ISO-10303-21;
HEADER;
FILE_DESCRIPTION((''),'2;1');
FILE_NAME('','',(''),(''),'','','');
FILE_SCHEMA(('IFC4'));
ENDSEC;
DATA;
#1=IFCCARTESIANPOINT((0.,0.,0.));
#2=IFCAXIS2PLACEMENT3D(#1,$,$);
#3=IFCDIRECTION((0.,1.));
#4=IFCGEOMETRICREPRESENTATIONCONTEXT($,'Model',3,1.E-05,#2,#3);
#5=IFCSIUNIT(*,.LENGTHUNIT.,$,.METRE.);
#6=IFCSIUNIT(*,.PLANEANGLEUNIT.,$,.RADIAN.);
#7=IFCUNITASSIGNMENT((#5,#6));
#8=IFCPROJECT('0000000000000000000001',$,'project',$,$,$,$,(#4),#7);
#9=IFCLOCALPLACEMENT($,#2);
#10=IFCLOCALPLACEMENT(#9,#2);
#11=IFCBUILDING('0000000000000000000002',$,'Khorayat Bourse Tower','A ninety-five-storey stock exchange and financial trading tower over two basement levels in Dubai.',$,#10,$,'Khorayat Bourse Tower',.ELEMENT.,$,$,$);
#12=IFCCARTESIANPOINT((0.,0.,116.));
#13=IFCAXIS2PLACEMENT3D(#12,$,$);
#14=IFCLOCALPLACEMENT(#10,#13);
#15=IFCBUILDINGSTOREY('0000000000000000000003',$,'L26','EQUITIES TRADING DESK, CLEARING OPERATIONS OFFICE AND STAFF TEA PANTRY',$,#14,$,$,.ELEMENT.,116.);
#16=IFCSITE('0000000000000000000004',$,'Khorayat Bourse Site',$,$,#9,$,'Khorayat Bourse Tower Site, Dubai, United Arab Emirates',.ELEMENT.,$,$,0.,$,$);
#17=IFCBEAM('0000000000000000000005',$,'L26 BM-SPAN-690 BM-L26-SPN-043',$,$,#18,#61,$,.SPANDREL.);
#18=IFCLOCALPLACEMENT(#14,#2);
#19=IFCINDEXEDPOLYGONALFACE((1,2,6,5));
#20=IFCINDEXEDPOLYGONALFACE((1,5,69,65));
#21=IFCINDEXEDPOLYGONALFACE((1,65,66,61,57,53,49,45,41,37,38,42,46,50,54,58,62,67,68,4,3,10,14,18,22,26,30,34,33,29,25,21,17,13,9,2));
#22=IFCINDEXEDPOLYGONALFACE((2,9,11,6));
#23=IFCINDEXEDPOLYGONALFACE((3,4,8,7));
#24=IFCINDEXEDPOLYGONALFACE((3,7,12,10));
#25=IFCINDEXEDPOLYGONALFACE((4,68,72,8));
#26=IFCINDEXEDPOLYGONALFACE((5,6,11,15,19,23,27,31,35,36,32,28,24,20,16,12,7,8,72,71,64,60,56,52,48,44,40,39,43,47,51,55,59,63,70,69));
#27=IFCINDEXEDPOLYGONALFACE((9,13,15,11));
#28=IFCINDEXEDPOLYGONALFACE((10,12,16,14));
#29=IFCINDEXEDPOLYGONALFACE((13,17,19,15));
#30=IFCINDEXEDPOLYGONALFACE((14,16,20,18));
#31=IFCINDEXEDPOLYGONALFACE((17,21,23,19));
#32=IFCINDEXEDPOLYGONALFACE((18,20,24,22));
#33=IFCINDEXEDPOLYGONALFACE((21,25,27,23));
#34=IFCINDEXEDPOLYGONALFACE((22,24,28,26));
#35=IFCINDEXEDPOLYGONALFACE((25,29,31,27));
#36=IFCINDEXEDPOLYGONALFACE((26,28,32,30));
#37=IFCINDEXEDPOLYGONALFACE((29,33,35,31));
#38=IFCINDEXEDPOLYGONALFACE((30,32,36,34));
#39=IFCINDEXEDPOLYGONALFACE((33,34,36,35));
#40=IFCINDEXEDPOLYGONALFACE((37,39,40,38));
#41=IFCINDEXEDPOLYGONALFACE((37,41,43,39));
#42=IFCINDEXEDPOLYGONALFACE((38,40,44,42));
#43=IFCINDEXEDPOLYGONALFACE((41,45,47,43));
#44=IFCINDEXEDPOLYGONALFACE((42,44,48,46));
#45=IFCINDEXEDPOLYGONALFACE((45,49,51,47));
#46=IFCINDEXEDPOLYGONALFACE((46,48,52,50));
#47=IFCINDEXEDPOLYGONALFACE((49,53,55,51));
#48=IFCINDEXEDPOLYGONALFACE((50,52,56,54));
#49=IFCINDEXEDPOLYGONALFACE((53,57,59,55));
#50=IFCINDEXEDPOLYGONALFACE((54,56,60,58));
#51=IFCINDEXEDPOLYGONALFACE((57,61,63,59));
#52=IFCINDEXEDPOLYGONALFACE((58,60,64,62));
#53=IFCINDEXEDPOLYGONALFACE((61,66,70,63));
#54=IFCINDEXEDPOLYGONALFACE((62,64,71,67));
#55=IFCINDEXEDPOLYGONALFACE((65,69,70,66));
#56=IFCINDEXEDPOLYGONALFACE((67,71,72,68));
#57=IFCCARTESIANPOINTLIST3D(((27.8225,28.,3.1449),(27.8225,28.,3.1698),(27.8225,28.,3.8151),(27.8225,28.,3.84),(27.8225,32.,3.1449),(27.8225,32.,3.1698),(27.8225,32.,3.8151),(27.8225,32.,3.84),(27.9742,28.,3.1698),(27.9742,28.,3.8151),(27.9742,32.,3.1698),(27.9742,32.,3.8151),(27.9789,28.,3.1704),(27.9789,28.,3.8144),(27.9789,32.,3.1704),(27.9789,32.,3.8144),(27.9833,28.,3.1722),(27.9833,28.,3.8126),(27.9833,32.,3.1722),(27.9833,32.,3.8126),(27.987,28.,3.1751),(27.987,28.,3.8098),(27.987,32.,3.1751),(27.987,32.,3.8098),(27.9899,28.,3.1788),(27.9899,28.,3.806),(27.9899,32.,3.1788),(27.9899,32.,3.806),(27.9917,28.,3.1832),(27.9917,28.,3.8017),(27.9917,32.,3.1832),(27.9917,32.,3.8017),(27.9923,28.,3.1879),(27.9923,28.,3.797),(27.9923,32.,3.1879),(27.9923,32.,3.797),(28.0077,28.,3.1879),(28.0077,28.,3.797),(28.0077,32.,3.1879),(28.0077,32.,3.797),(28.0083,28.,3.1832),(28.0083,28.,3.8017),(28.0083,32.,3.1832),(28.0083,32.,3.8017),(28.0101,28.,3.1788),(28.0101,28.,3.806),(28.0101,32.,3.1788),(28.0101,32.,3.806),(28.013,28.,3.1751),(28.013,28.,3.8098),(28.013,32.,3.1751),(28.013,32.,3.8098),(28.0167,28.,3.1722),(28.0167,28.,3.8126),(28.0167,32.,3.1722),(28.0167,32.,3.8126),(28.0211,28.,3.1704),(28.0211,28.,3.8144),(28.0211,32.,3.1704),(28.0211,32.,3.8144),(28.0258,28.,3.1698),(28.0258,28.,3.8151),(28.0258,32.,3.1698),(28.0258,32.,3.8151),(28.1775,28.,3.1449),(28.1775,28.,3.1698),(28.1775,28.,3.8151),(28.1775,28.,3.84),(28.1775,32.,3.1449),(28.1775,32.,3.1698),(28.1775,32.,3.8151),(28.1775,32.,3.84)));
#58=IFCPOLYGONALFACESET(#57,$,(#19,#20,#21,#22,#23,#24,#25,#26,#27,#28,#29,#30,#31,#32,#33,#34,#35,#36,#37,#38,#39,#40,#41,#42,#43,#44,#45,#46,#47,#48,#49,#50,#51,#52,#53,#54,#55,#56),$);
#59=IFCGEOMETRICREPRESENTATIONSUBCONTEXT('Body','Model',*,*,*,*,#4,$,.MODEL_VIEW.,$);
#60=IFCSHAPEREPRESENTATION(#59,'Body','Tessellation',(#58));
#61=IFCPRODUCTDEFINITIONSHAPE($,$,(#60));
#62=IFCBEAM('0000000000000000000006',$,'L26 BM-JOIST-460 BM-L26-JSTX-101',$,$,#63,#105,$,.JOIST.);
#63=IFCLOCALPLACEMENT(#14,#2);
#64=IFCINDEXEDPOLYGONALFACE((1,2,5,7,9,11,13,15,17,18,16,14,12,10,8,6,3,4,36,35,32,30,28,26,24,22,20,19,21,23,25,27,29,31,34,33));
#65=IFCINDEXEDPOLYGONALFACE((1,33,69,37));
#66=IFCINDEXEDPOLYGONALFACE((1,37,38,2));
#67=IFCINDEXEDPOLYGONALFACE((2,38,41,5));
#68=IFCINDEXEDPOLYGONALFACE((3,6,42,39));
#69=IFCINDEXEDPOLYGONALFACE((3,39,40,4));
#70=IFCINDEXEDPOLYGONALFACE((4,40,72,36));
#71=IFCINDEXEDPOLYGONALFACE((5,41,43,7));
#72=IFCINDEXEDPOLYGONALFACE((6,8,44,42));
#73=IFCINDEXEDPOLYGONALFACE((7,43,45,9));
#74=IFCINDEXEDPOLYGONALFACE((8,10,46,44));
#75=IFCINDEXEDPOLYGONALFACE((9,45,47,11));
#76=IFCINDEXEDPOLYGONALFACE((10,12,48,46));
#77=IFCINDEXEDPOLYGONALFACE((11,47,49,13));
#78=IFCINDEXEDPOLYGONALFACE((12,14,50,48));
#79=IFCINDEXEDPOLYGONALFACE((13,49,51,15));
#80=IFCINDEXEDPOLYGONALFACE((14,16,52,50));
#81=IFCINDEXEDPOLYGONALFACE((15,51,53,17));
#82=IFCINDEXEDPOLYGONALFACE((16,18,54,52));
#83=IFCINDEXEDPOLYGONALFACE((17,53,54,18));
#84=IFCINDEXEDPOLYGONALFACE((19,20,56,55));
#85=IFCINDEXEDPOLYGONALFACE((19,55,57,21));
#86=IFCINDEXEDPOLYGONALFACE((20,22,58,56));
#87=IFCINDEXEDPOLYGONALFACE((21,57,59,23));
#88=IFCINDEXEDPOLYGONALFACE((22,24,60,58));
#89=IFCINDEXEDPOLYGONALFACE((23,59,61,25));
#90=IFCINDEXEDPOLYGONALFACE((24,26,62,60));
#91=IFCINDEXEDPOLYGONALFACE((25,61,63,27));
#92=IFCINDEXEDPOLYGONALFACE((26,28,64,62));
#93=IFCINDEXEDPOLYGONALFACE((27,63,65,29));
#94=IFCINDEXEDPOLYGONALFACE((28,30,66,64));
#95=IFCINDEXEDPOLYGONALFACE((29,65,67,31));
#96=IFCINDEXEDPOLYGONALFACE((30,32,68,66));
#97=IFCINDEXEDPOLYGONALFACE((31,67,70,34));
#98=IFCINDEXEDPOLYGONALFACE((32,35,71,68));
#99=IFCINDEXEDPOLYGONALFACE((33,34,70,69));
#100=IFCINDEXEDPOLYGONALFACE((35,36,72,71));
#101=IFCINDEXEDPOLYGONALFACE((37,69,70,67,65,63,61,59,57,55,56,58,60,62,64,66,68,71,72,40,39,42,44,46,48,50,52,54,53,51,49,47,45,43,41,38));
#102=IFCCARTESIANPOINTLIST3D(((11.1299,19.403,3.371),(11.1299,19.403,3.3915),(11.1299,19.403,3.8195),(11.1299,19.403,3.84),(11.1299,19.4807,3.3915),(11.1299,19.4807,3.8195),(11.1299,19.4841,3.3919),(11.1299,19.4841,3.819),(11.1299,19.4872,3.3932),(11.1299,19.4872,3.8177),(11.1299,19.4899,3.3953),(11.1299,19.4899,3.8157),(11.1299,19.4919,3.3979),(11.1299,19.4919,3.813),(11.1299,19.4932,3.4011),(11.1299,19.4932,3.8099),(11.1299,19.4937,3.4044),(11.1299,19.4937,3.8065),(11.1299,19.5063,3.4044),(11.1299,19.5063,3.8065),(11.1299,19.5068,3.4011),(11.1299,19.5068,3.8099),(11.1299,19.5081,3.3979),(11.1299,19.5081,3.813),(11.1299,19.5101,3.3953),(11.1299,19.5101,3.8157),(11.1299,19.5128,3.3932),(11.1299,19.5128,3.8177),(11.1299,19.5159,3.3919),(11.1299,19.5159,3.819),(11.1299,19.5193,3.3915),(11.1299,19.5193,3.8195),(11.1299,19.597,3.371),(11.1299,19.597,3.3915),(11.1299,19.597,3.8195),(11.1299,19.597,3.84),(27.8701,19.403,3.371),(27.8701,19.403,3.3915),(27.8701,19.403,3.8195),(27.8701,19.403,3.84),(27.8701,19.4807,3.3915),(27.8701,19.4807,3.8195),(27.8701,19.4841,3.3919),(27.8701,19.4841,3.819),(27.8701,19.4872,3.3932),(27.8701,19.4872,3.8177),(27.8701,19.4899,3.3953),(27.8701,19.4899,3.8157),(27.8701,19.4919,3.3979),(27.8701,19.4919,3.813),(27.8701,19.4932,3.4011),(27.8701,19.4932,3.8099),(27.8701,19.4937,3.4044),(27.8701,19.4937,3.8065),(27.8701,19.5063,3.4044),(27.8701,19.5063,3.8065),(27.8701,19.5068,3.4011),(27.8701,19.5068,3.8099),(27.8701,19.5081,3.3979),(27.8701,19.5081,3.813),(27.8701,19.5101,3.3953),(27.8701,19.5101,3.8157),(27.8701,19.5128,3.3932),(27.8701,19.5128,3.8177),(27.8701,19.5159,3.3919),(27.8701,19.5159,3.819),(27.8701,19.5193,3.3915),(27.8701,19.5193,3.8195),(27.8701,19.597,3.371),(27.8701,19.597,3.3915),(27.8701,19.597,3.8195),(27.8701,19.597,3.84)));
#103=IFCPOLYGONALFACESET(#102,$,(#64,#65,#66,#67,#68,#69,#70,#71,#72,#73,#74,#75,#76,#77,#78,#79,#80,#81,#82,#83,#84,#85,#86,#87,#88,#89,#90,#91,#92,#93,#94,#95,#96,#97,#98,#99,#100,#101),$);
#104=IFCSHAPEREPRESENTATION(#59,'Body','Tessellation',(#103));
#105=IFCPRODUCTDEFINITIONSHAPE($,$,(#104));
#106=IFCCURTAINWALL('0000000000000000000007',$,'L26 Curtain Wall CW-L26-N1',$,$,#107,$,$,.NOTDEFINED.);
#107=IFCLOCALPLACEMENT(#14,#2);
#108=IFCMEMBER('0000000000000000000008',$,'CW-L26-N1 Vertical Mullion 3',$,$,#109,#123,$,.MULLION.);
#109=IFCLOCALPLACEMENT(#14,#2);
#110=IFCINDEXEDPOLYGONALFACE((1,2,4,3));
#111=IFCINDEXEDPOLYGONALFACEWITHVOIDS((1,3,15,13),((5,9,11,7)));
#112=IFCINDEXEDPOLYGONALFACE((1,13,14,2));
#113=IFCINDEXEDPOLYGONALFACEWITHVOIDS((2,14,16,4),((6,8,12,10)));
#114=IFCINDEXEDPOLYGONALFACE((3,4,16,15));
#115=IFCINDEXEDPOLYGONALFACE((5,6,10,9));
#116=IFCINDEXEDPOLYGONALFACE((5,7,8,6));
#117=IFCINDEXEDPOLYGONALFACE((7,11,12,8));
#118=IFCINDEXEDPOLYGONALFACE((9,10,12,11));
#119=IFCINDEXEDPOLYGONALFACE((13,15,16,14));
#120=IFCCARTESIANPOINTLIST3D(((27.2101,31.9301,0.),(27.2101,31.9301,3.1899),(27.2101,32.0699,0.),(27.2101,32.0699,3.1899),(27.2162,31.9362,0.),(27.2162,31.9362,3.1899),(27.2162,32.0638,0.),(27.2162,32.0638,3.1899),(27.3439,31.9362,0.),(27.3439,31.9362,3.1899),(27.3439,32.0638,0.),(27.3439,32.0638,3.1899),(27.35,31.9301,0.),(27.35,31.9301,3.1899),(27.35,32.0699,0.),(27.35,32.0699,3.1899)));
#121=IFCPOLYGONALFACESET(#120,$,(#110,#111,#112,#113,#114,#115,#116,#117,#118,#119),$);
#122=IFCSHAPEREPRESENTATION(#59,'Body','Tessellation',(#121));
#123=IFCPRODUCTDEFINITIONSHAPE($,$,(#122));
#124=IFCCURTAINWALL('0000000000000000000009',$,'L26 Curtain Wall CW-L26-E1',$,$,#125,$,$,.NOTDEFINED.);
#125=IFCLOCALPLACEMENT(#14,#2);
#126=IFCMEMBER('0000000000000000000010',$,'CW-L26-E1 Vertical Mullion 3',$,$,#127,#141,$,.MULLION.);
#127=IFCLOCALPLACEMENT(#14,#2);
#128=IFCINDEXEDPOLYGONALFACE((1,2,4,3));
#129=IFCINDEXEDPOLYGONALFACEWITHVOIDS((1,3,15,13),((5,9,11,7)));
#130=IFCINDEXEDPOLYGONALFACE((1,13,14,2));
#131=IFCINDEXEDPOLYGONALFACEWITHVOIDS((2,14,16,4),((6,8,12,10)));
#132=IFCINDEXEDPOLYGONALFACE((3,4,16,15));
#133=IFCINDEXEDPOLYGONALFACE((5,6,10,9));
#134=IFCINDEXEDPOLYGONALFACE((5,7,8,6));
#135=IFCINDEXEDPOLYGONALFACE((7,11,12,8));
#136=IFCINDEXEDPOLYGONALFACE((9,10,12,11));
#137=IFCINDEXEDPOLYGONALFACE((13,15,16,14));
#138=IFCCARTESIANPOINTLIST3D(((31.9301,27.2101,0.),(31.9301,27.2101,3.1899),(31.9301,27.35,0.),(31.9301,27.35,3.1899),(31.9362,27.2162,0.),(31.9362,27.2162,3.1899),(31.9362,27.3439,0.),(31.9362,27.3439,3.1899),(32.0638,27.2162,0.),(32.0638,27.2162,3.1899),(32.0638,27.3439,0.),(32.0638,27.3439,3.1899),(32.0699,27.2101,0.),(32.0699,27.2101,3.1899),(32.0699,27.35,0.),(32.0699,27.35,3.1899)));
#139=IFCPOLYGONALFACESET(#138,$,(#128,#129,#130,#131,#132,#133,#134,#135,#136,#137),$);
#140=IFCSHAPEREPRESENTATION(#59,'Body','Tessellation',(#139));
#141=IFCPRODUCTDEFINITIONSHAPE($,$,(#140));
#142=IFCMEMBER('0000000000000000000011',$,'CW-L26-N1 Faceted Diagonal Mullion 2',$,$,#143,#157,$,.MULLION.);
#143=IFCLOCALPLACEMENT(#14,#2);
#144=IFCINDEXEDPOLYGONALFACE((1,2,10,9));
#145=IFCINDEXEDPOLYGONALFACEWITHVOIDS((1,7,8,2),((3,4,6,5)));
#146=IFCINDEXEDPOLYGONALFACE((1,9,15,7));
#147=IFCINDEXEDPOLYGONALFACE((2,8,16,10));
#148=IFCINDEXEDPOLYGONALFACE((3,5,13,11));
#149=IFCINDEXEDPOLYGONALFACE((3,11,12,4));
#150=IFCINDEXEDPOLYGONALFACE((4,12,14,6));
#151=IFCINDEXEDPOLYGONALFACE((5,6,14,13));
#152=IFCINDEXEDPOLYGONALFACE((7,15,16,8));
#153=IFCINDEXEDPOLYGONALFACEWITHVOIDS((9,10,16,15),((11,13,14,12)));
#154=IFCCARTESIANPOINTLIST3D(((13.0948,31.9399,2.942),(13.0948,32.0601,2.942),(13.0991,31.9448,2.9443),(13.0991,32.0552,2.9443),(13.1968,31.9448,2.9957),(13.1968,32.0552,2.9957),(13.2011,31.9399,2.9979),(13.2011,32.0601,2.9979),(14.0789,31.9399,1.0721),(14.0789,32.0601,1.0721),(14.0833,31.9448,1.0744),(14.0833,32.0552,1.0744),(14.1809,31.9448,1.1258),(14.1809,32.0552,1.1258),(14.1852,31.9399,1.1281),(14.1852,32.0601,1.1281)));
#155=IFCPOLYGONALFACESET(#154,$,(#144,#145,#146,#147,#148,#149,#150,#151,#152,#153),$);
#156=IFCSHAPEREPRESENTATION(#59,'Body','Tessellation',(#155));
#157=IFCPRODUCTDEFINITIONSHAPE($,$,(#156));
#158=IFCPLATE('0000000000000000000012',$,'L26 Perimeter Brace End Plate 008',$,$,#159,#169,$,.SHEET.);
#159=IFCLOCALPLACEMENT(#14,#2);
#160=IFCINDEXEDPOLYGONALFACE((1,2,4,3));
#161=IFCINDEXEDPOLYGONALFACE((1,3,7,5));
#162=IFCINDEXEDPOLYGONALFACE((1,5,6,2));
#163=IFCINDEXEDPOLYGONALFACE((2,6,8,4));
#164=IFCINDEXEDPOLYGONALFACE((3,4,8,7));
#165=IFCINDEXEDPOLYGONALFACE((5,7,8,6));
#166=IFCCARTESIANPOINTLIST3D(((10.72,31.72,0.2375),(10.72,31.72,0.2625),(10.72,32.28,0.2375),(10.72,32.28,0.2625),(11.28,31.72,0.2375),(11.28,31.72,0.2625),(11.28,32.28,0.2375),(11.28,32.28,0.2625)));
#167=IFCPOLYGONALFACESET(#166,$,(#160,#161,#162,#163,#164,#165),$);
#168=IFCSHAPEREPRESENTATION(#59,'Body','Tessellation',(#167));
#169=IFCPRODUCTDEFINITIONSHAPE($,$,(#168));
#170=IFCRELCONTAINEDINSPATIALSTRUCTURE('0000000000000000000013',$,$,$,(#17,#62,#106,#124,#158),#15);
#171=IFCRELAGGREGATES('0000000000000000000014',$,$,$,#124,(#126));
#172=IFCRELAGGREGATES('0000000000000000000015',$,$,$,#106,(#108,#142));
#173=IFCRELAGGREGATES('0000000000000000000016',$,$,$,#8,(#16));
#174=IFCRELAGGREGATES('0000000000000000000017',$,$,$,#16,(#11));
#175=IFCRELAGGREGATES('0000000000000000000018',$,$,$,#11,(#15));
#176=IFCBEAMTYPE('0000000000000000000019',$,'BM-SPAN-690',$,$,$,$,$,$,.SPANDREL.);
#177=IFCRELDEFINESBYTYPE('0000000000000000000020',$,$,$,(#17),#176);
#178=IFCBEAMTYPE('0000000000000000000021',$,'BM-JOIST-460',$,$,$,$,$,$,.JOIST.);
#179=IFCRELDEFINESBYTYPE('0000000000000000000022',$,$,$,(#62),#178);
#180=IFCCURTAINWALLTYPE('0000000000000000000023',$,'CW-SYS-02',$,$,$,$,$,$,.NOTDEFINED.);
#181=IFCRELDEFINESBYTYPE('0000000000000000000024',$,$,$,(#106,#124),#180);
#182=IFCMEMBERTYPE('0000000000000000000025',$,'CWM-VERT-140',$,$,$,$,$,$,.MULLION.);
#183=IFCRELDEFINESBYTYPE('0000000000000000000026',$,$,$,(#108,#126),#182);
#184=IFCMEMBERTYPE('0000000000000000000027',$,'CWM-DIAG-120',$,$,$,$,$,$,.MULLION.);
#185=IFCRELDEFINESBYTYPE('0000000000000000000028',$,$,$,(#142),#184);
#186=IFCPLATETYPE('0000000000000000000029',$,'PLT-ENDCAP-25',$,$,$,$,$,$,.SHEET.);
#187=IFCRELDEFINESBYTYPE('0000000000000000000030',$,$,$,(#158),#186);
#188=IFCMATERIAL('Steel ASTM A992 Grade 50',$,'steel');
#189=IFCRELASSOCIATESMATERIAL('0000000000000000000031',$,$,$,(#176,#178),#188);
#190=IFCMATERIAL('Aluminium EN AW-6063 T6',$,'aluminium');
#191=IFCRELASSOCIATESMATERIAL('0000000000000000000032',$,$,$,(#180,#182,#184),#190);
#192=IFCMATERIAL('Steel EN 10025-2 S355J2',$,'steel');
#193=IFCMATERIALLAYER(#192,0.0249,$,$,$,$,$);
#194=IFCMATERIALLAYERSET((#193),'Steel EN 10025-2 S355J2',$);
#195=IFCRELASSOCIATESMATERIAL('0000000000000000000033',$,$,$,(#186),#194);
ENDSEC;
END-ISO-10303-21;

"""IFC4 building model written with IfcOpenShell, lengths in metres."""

from ifc_helpers import new_model, si_unit, direction, frame, origin, origin_2d, place, context, subcontext, project, spatial, rectangle, hollow_rectangle, i_section, extrude, source, transform, mapped, material, layer, layer_set, material_profile, profile_set, type_object, element, aggregate, save


model = new_model("IFC4")

# Units and contexts
model_context = context("Model", 3, precision=1e-05, world=origin(), true_north=direction((0.0, 1.0)))
body_context = subcontext(model_context, "Body", "Model", "MODEL_VIEW")
ifc_project = project(units=[si_unit("LENGTHUNIT", "METRE"), si_unit("PLANEANGLEUNIT", "RADIAN")], contexts=[model_context])

# Site, building, storey
site_placement = place(None, origin())
site = spatial("IfcSite", under=ifc_project, at=site_placement, Name="Khorayat Bourse Site", LongName="Khorayat Bourse Tower Site, Dubai, United Arab Emirates", CompositionType="ELEMENT", RefElevation=0.0)
building_placement = place(site_placement, origin())
building = spatial("IfcBuilding", under=site, at=building_placement, Name="Khorayat Bourse Tower", Description="A ninety-five-storey stock exchange and financial trading tower over two basement levels in Dubai.", LongName="Khorayat Bourse Tower", CompositionType="ELEMENT")
storey_placement = place(building_placement, frame((0.0, 0.0, 116.0)))
storey = spatial("IfcBuildingStorey", under=building, at=storey_placement, Name="L26", Description="EQUITIES TRADING DESK, CLEARING OPERATIONS OFFICE AND STAFF TEA PANTRY", CompositionType="ELEMENT", Elevation=116.0)

# Beams
ifc_material_1 = material(Name="Steel ASTM A992 Grade 50", Category="steel")
ifc_material_profile_1 = material_profile(ifc_material_1, i_section(OverallWidth=0.355, OverallDepth=0.6951, WebThickness=0.0154, FlangeThickness=0.0249, FilletRadius=0.0181, at=origin_2d()), Name="W690X217")
ifc_profile_set_1 = profile_set([ifc_material_profile_1], Name="Steel ASTM A992 Grade 50")
beam_type_1 = type_object("IfcBeamType", Name="BM-SPAN-690", PredefinedType="SPANDREL", material=ifc_profile_set_1)
shared_shape_1 = source(origin(), body_context, "Body", "SweptSolid", [
    extrude(i_section(OverallWidth=0.355, OverallDepth=0.6951, WebThickness=0.0154, FlangeThickness=0.0249, FilletRadius=0.0181, at=origin_2d()), origin(), (0.0, 0.0, 1.0), 4.0),
])
for number, where, z_axis, x_axis, name in (
    (1, (28.0, 28.0, 3.4924), (0.0, 1.0, 0.0), (-1.0, 0.0, 0.0), "L26 BM-SPAN-690 BM-L26-SPN-043"),
):
    element("IfcBeam", number, at=place(storey_placement, frame(where, z_axis=z_axis, x_axis=x_axis)), inside=storey, type_object=beam_type_1, Name=name, PredefinedType="SPANDREL", context=body_context, shape_type="MappedRepresentation", body=[
        mapped(shared_shape_1, transform((0.0, 0.0, 0.0), scale=1.0)),
    ])
ifc_material_profile_2 = material_profile(ifc_material_1, i_section(OverallWidth=0.1941, OverallDepth=0.469, WebThickness=0.0127, FlangeThickness=0.0205, FilletRadius=0.0129, at=origin_2d()), Name="W460X106")
ifc_profile_set_2 = profile_set([ifc_material_profile_2], Name="Steel ASTM A992 Grade 50")
beam_type_2 = type_object("IfcBeamType", Name="BM-JOIST-460", PredefinedType="JOIST", material=ifc_profile_set_2)
shared_shape_2 = source(origin(), body_context, "Body", "SweptSolid", [
    extrude(i_section(OverallWidth=0.1941, OverallDepth=0.469, WebThickness=0.0127, FlangeThickness=0.0205, FilletRadius=0.0129, at=origin_2d()), origin(), (0.0, 0.0, 1.0), 16.7402),
])
beam_1_placement = place(storey_placement, frame((11.1299, 19.5, 3.6055), z_axis=(1.0, 0.0, 0.0), x_axis=(0.0, 1.0, 0.0)))
element("IfcBeam", 2, at=beam_1_placement, inside=storey, type_object=beam_type_2, Name="L26 BM-JOIST-460 BM-L26-JSTX-101", PredefinedType="JOIST", context=body_context, shape_type="MappedRepresentation", body=[
    mapped(shared_shape_2, transform((0.0, 0.0, 0.0), scale=1.0)),
])

# Curtain walls, members
ifc_material_2 = material(Name="Aluminium EN AW-6063 T6", Category="aluminium")
curtain_wall_type = type_object("IfcCurtainWallType", Name="CW-SYS-02", PredefinedType="NOTDEFINED", material=ifc_material_2)
curtain_wall_1_placement = place(storey_placement, origin())
curtain_wall_1 = element("IfcCurtainWall", 3, at=curtain_wall_1_placement, inside=storey, type_object=curtain_wall_type, Name="L26 Curtain Wall CW-L26-N1", PredefinedType="NOTDEFINED")
ifc_material_profile_3 = material_profile(ifc_material_2, hollow_rectangle(XDim=0.1399, YDim=0.1399, WallThickness=0.0061, at=origin_2d()), Name="ALU 140x140x6")
ifc_profile_set_3 = profile_set([ifc_material_profile_3], Name="Aluminium EN AW-6063 T6")
member_type_1 = type_object("IfcMemberType", Name="CWM-VERT-140", PredefinedType="MULLION", material=ifc_profile_set_3)
shared_shape_3 = source(origin(), body_context, "Body", "SweptSolid", [
    extrude(hollow_rectangle(XDim=0.1399, YDim=0.1399, WallThickness=0.0061, at=origin_2d()), origin(), (0.0, 0.0, 1.0), 3.1899),
])
member_1_placement = place(storey_placement, frame((27.28, 32.0, 0.0), z_axis=(0.0, 0.0, 1.0), x_axis=(0.0, 1.0, 0.0)))
member_1 = element("IfcMember", 4, at=member_1_placement, type_object=member_type_1, Name="CW-L26-N1 Vertical Mullion 3", PredefinedType="MULLION", context=body_context, shape_type="MappedRepresentation", body=[
    mapped(shared_shape_3, transform((0.0, 0.0, 0.0), scale=1.0)),
])
curtain_wall_2_placement = place(storey_placement, origin())
curtain_wall_2 = element("IfcCurtainWall", 5, at=curtain_wall_2_placement, inside=storey, type_object=curtain_wall_type, Name="L26 Curtain Wall CW-L26-E1", PredefinedType="NOTDEFINED")
member_2_placement = place(storey_placement, frame((32.0, 27.28, 0.0), z_axis=(0.0, 0.0, 1.0), x_axis=(-1.0, 0.0, 0.0)))
member_2 = element("IfcMember", 6, at=member_2_placement, type_object=member_type_1, Name="CW-L26-E1 Vertical Mullion 3", PredefinedType="MULLION", context=body_context, shape_type="MappedRepresentation", body=[
    mapped(shared_shape_3, transform((0.0, 0.0, 0.0), scale=1.0)),
])
aggregate(curtain_wall_2, [member_2])

# Member
ifc_material_profile_4 = material_profile(ifc_material_2, hollow_rectangle(XDim=0.1201, YDim=0.1201, WallThickness=0.0049, at=origin_2d()), Name="ALU 120x120x5")
ifc_profile_set_4 = profile_set([ifc_material_profile_4], Name="Aluminium EN AW-6063 T6")
member_type_2 = type_object("IfcMemberType", Name="CWM-DIAG-120", PredefinedType="MULLION", material=ifc_profile_set_4)
shared_shape_4 = source(origin(), body_context, "Body", "SweptSolid", [
    extrude(hollow_rectangle(XDim=0.1201, YDim=0.1201, WallThickness=0.0049, at=origin_2d()), origin(), (0.0, 0.0, 1.0), 2.113),
])
member_3_placement = place(storey_placement, frame((14.1321, 32.0, 1.1001), z_axis=(-0.465742, 0.0, 0.884921), x_axis=(0.0, -1.0, 0.0)))
member_3 = element("IfcMember", 7, at=member_3_placement, type_object=member_type_2, Name="CW-L26-N1 Faceted Diagonal Mullion 2", PredefinedType="MULLION", context=body_context, shape_type="MappedRepresentation", body=[
    mapped(shared_shape_4, transform((0.0, 0.0, 0.0), scale=1.0)),
])

# Plate
ifc_material_3 = material(Name="Steel EN 10025-2 S355J2", Category="steel")
ifc_layer_1 = layer(ifc_material_3, 0.0249)
ifc_layer_set_1 = layer_set([ifc_layer_1], Name="Steel EN 10025-2 S355J2")
plate_type_1 = type_object("IfcPlateType", Name="PLT-ENDCAP-25", PredefinedType="SHEET", material=ifc_layer_set_1)
shared_shape_5 = source(origin(), body_context, "Body", "SweptSolid", [
    extrude(rectangle(XDim=0.5601, YDim=0.5601, at=origin_2d()), origin(), (0.0, 0.0, 1.0), 0.0249),
])
plate_1_placement = place(storey_placement, frame((11.0, 32.0, 0.2375), z_axis=(0.0, 0.0, 1.0), x_axis=(1.0, 0.0, 0.0)))
element("IfcPlate", 8, at=plate_1_placement, inside=storey, type_object=plate_type_1, Name="L26 Perimeter Brace End Plate 008", PredefinedType="SHEET", context=body_context, shape_type="MappedRepresentation", body=[
    mapped(shared_shape_5, transform((0.0, 0.0, 0.0), scale=1.0)),
])
aggregate(curtain_wall_1, [member_1, member_3])

save(model, "model.ifc")
